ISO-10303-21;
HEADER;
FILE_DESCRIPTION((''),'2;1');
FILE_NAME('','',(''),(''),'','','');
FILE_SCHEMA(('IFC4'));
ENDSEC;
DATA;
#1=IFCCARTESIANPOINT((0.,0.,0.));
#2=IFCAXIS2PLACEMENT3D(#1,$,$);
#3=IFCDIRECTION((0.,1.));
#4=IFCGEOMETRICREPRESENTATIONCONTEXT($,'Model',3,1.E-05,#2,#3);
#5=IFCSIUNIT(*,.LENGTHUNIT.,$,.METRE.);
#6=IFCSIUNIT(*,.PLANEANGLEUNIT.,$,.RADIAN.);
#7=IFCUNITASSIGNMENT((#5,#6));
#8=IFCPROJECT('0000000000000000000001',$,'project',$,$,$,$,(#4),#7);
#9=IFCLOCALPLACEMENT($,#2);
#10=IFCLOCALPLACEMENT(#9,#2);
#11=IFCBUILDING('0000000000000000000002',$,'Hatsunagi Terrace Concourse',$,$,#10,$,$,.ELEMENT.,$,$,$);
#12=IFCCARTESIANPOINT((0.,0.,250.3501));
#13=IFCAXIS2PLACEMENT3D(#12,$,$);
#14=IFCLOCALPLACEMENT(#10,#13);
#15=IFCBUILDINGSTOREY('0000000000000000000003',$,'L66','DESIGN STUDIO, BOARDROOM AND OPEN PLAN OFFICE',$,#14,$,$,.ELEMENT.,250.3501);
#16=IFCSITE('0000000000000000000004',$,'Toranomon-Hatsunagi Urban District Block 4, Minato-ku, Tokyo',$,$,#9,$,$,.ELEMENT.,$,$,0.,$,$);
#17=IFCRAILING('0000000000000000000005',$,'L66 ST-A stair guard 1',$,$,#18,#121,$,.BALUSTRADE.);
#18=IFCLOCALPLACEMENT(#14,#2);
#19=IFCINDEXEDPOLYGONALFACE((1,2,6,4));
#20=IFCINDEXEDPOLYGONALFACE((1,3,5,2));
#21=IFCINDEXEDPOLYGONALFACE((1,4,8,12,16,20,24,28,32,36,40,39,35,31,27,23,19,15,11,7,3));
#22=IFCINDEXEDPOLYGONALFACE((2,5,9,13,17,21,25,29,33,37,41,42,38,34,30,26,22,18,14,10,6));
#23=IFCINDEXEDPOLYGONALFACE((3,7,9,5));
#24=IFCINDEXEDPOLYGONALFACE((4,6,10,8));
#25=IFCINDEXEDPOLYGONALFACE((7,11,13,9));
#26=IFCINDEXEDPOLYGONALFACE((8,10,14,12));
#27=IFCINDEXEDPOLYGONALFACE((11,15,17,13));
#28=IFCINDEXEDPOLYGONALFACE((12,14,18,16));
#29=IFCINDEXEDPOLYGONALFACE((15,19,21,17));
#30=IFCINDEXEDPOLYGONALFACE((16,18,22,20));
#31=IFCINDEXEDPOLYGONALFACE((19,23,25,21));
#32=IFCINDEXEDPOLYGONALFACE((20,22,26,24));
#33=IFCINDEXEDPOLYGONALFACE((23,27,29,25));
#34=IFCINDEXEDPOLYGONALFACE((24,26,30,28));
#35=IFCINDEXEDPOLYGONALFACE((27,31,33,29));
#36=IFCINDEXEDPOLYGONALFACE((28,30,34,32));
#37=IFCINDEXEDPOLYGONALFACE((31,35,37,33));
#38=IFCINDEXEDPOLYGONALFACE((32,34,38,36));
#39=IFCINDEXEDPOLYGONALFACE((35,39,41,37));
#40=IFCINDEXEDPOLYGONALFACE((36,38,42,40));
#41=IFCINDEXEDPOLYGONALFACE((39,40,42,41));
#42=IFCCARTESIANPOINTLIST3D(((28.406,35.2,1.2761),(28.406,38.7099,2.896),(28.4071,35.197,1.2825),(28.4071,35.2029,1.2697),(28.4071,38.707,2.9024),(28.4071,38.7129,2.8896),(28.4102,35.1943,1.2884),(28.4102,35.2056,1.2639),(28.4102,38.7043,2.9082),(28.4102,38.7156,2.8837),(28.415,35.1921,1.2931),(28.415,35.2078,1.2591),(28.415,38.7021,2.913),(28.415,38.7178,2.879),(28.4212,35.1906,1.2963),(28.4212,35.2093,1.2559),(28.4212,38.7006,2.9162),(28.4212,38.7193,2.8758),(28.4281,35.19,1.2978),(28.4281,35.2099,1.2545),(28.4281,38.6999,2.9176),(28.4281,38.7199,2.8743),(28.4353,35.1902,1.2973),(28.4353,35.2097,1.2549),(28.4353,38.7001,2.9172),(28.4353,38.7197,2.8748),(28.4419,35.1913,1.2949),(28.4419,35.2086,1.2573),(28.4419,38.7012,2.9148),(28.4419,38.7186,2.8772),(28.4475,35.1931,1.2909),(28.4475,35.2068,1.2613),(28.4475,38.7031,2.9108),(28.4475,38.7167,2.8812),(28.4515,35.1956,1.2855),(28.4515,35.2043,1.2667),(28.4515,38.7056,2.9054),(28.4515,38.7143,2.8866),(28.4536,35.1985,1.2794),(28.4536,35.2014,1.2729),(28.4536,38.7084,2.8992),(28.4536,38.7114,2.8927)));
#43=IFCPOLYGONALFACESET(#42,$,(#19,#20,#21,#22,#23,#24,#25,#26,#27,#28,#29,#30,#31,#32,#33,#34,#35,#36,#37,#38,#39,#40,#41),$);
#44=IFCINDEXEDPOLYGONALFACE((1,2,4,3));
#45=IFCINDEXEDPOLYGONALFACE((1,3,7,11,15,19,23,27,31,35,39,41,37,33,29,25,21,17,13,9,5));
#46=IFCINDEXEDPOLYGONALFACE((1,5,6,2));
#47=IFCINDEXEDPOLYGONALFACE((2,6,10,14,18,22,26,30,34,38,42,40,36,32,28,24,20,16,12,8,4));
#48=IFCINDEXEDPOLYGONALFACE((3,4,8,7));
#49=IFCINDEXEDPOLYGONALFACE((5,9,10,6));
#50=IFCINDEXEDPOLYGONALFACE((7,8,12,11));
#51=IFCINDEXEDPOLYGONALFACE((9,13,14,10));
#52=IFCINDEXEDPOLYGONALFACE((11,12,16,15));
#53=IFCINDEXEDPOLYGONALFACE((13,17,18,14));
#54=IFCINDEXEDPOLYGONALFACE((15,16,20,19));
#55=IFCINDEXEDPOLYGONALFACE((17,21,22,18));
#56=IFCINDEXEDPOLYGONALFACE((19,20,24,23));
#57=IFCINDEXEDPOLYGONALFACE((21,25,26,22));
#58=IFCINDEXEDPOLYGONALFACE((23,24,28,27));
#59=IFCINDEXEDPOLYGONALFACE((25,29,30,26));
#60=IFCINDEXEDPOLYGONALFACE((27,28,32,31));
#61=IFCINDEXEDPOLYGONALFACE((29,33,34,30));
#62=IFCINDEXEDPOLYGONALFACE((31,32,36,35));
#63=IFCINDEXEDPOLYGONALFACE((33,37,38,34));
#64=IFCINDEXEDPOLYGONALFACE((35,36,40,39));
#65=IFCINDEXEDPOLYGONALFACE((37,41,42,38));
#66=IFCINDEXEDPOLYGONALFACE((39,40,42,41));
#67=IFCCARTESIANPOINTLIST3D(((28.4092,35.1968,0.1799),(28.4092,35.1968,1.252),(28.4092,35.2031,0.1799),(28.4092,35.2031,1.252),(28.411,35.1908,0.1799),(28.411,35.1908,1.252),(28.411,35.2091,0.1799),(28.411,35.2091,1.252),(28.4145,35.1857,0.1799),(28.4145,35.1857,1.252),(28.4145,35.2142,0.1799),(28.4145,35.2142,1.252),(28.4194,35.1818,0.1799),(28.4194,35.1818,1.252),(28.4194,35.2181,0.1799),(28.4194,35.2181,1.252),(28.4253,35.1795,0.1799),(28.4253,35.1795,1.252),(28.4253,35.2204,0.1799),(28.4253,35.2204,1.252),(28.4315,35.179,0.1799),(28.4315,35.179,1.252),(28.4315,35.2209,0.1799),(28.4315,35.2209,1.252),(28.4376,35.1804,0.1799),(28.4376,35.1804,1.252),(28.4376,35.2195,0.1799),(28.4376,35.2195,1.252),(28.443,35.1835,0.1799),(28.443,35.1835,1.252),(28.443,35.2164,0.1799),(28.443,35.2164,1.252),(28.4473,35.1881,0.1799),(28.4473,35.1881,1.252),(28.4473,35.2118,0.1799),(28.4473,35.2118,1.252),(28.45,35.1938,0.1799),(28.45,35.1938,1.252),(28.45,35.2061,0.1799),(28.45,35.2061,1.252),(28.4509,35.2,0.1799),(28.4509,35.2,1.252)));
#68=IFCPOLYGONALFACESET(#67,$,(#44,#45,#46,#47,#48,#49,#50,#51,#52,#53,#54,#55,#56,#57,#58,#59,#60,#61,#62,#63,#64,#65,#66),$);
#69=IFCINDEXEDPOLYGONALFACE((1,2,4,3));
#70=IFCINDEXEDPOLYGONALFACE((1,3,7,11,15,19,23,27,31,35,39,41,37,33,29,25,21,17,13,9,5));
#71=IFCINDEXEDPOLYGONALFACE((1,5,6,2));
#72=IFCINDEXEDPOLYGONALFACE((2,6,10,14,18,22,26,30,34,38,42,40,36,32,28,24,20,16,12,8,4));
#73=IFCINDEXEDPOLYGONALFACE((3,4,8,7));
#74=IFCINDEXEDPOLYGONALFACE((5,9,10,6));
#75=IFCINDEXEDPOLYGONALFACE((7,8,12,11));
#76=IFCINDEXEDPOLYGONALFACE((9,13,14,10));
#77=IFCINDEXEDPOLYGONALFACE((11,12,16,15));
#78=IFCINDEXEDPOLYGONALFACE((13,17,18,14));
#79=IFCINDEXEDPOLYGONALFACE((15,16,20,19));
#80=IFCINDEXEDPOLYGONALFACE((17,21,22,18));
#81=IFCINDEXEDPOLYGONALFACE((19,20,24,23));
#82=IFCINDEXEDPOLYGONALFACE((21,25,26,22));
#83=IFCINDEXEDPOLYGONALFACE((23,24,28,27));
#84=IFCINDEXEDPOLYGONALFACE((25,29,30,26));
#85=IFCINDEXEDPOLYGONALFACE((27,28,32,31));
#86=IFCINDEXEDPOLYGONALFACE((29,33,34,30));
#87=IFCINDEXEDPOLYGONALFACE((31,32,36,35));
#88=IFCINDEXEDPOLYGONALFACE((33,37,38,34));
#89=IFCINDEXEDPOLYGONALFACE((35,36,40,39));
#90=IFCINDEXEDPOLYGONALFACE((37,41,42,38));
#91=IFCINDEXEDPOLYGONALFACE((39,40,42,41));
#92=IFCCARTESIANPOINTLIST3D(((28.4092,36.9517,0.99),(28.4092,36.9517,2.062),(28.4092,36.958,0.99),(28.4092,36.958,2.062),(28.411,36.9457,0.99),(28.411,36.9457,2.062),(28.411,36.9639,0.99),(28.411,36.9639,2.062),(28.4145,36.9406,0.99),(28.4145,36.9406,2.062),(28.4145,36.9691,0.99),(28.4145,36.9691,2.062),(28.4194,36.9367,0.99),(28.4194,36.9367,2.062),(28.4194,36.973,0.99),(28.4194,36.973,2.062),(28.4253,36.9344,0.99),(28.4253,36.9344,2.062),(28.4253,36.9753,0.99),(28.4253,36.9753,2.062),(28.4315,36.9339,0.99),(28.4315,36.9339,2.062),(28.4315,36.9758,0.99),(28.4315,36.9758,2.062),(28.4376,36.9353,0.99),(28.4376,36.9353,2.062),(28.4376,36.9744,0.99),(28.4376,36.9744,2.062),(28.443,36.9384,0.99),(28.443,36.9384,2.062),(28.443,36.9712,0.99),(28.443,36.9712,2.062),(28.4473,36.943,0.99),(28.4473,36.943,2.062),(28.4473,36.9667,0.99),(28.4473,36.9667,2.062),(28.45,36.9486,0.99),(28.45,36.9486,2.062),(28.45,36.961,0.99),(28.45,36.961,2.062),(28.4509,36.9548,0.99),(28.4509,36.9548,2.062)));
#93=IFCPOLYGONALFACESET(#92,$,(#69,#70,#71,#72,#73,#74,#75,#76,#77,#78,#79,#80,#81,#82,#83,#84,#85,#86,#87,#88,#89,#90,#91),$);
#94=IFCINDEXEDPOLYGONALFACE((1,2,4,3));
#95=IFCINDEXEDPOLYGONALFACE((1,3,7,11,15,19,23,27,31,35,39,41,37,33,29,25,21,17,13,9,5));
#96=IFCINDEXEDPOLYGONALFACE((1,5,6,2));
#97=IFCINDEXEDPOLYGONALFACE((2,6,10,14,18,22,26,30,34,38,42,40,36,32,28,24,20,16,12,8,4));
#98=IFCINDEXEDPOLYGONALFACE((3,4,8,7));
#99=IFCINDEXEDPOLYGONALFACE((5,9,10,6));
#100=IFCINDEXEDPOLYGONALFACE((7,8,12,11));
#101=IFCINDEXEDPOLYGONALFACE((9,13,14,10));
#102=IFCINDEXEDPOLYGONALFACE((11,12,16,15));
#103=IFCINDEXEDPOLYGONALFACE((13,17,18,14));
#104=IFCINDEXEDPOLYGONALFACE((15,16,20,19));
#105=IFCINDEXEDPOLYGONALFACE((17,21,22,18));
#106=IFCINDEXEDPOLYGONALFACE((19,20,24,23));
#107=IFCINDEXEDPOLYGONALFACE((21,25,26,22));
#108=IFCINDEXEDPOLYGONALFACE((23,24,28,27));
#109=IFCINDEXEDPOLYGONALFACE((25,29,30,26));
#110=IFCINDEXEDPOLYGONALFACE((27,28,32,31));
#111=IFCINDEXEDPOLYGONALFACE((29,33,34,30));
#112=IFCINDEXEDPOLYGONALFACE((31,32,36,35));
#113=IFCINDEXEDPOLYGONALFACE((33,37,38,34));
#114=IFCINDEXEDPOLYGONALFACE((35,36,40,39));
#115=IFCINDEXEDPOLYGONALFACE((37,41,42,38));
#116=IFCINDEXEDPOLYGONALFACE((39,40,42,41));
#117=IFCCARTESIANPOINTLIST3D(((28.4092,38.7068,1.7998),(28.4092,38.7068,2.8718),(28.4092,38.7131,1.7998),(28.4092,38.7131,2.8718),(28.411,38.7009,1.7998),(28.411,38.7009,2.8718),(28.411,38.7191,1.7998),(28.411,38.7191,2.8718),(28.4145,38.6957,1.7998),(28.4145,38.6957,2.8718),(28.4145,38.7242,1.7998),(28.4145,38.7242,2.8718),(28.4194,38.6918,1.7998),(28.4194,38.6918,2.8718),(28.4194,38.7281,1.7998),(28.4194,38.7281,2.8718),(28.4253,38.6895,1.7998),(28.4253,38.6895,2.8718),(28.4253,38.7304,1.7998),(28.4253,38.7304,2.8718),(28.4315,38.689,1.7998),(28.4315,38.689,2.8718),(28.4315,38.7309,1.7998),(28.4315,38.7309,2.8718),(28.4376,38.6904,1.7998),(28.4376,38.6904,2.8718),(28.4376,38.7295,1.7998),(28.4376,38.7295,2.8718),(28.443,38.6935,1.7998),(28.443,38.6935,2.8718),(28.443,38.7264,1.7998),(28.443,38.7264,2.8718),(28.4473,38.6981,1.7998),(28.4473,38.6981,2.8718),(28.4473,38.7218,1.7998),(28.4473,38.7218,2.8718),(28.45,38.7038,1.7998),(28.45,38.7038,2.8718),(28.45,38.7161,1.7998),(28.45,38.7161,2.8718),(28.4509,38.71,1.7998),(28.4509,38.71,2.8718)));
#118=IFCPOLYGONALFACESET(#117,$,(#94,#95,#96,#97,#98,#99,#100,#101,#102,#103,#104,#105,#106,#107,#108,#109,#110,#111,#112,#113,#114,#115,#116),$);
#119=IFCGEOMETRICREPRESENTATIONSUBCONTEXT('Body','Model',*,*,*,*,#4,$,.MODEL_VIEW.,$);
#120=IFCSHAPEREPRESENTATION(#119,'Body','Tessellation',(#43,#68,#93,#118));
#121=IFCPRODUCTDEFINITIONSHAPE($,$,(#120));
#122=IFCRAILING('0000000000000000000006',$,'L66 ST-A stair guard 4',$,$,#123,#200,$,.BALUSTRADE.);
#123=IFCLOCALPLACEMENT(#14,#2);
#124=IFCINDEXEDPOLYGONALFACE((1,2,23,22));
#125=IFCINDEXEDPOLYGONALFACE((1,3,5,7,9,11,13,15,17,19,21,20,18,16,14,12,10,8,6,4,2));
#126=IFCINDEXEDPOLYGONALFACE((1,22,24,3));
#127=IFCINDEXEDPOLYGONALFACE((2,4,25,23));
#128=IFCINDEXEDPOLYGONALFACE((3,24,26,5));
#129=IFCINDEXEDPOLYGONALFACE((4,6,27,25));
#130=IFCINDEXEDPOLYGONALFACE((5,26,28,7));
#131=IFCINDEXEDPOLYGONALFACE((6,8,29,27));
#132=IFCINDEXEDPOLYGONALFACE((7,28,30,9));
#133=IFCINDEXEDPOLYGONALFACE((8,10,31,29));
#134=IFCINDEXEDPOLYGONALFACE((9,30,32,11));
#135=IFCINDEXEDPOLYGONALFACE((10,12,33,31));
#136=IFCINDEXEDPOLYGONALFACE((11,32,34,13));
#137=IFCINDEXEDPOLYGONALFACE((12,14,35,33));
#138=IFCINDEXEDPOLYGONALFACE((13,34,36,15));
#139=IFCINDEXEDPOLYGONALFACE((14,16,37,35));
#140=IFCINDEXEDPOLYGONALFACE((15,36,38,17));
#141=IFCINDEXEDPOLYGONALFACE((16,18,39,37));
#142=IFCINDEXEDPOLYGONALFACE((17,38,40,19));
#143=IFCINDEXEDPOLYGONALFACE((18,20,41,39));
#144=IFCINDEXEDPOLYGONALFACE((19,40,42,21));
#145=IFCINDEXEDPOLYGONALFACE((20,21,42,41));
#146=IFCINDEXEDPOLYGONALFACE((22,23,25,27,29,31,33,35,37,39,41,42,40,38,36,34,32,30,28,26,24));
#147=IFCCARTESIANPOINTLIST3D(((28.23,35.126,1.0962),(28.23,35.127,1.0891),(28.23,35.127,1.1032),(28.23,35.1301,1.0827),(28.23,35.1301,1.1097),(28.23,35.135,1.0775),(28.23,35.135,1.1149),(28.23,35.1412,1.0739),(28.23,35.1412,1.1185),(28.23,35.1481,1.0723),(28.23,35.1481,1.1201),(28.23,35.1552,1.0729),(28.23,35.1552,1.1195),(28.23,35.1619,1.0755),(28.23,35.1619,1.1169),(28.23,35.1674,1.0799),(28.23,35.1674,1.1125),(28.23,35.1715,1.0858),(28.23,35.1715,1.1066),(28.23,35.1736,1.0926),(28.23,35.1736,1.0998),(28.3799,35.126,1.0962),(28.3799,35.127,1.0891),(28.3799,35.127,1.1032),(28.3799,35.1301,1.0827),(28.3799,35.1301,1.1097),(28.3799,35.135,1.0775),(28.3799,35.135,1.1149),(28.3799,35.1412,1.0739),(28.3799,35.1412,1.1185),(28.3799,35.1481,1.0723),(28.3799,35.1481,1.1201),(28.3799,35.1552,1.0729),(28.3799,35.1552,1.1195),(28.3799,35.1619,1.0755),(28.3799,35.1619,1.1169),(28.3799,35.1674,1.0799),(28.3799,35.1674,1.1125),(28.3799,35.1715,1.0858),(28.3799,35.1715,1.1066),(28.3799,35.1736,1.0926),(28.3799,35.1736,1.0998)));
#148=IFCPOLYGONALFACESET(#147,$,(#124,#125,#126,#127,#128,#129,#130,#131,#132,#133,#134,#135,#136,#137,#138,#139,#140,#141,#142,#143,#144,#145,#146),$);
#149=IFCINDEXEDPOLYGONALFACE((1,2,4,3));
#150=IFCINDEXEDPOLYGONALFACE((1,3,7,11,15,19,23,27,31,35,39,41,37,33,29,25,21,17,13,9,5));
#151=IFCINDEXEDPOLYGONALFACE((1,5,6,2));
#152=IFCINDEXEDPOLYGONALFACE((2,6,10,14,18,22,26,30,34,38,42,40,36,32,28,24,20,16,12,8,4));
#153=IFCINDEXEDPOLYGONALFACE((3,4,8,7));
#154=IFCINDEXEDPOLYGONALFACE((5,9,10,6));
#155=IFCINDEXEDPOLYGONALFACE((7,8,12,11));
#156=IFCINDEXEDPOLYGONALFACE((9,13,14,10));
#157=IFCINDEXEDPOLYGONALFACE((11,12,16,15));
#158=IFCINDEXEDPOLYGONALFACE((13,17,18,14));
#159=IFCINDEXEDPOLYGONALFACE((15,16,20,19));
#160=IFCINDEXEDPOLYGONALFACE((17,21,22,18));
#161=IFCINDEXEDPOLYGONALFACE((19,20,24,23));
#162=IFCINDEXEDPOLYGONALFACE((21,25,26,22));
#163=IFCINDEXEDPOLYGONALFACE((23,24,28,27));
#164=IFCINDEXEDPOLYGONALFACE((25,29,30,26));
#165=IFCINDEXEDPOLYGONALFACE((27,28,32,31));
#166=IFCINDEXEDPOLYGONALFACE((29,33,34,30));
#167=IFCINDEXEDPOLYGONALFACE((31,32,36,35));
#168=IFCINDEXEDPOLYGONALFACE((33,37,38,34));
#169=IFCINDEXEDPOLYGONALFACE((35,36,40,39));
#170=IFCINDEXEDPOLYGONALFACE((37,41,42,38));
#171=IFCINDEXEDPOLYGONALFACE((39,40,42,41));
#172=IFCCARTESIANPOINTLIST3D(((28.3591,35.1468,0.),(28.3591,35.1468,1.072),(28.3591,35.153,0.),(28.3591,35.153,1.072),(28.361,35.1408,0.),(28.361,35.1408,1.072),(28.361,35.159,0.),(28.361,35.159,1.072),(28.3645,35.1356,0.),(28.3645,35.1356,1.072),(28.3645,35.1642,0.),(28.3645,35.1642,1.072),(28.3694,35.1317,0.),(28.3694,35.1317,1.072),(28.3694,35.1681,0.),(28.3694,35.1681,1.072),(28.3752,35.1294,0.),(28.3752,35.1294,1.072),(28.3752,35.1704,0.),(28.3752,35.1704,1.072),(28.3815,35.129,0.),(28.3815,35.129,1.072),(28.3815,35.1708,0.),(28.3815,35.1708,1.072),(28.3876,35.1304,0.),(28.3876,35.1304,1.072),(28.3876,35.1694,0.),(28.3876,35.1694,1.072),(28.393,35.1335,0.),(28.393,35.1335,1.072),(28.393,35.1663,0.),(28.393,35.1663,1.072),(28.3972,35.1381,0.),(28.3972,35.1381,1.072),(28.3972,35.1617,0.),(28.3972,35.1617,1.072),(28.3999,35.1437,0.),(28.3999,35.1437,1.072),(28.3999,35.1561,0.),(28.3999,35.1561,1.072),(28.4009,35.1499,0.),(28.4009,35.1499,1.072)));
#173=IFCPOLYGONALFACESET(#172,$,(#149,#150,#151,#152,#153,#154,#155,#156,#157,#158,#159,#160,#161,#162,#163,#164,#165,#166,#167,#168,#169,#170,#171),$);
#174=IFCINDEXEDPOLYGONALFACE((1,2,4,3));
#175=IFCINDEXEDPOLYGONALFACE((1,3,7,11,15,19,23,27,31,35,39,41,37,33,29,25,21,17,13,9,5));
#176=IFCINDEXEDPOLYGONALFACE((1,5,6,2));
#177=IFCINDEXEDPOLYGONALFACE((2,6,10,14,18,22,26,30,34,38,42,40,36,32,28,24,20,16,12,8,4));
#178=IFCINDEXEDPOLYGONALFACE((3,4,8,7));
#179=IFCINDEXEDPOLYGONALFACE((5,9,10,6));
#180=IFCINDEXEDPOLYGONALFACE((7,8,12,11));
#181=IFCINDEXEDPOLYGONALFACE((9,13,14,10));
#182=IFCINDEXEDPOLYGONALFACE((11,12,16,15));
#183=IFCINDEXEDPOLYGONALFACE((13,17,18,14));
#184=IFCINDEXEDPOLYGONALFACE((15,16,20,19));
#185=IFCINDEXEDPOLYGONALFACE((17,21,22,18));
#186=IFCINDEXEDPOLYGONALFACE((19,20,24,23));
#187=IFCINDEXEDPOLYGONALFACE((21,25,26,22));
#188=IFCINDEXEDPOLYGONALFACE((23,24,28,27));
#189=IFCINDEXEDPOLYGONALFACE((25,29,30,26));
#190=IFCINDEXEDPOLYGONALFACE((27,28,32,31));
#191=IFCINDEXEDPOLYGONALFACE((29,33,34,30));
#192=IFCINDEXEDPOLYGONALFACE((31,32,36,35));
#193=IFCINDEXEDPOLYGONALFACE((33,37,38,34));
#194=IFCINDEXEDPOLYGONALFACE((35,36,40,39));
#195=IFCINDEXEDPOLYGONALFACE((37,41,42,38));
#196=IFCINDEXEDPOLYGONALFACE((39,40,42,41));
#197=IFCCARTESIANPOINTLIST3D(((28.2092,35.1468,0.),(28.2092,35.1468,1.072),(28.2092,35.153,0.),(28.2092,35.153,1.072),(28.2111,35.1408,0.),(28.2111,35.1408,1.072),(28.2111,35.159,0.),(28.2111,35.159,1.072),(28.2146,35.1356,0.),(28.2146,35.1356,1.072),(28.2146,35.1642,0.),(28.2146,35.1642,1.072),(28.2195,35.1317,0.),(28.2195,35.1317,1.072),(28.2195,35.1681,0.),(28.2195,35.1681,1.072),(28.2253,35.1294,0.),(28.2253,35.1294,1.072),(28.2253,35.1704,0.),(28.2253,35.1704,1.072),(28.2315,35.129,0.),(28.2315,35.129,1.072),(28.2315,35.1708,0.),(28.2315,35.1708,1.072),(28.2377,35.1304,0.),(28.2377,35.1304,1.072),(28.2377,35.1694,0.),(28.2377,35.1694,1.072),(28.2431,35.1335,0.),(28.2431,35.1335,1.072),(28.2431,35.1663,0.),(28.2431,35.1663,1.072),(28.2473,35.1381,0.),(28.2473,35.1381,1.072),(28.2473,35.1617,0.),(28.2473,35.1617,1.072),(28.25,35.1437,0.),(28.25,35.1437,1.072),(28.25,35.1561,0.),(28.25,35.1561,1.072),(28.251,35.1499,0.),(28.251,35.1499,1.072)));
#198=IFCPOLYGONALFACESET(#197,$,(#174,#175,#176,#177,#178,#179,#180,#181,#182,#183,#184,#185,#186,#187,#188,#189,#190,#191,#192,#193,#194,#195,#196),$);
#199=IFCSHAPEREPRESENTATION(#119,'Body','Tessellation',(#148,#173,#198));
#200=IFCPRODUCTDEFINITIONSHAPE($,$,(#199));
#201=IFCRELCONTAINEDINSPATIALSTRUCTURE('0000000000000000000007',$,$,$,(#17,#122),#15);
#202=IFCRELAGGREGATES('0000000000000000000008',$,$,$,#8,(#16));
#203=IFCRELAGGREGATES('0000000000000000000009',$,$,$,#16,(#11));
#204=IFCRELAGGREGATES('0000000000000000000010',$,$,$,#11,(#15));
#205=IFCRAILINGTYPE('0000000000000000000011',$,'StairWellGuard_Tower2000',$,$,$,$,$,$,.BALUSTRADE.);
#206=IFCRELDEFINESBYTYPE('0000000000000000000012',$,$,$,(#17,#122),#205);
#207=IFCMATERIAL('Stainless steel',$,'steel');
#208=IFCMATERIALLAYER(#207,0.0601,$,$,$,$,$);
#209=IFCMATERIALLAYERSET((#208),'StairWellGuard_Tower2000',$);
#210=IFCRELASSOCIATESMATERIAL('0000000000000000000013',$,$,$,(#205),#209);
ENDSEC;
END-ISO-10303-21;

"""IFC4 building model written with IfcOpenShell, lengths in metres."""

from ifc_helpers import new_model, si_unit, direction, frame, origin, origin_2d, place, context, subcontext, project, spatial, circle, extrude, material, layer, layer_set, type_object, element, save


model = new_model("IFC4")

# Units and contexts
model_context = context("Model", 3, precision=1e-05, world=origin(), true_north=direction((0.0, 1.0)))
body_context = subcontext(model_context, "Body", "Model", "MODEL_VIEW")
ifc_project = project(units=[si_unit("LENGTHUNIT", "METRE"), si_unit("PLANEANGLEUNIT", "RADIAN")], contexts=[model_context])

# Site, building, storey
site_placement = place(None, origin())
site = spatial("IfcSite", under=ifc_project, at=site_placement, Name="Toranomon-Hatsunagi Urban District Block 4, Minato-ku, Tokyo", CompositionType="ELEMENT", RefElevation=0.0)
building_placement = place(site_placement, origin())
building = spatial("IfcBuilding", under=site, at=building_placement, Name="Hatsunagi Terrace Concourse", CompositionType="ELEMENT")
storey_placement = place(building_placement, frame((0.0, 0.0, 250.3501)))
storey = spatial("IfcBuildingStorey", under=building, at=storey_placement, Name="L66", Description="DESIGN STUDIO, BOARDROOM AND OPEN PLAN OFFICE", CompositionType="ELEMENT", Elevation=250.3501)

# Railings
ifc_material_1 = material(Name="Stainless steel", Category="steel")
ifc_layer_1 = layer(ifc_material_1, 0.0601)
ifc_layer_set_1 = layer_set([ifc_layer_1], Name="StairWellGuard_Tower2000")
railing_type_1 = type_object("IfcRailingType", Name="StairWellGuard_Tower2000", PredefinedType="BALUSTRADE", material=ifc_layer_set_1)
railing_1_placement = place(storey_placement, frame((28.4299, 35.2, 0.1799)))
element("IfcRailing", 1, at=railing_1_placement, inside=storey, type_object=railing_type_1, Name="L66 ST-A stair guard 1", PredefinedType="BALUSTRADE", context=body_context, shape_type="SweptSolid", body=[
    extrude(circle(Radius=0.0239, at=origin_2d()), frame((0.0, 0.0, 1.0962), z_axis=(0.0, 0.907972, 0.41903), x_axis=(-1.0, 0.0, 0.0)), (0.0, 0.0, 1.0), 3.8657),
    extrude(circle(Radius=0.021, at=origin_2d()), origin(), (0.0, 0.0, 1.0), 1.072),
    extrude(circle(Radius=0.021, at=origin_2d()), frame((0.0, 1.7549, 0.8101)), (0.0, 0.0, 1.0), 1.072),
    extrude(circle(Radius=0.021, at=origin_2d()), frame((0.0, 3.51, 1.6199)), (0.0, 0.0, 1.0), 1.072),
])
railing_2_placement = place(storey_placement, frame((28.3799, 35.1499, 0.0)))
element("IfcRailing", 2, at=railing_2_placement, inside=storey, type_object=railing_type_1, Name="L66 ST-A stair guard 4", PredefinedType="BALUSTRADE", context=body_context, shape_type="SweptSolid", body=[
    extrude(circle(Radius=0.0239, at=origin_2d()), frame((0.0, 0.0, 1.0962), z_axis=(-1.0, 0.0, 0.0), x_axis=(0.0, -1.0, 0.0)), (0.0, 0.0, 1.0), 0.1499),
    extrude(circle(Radius=0.021, at=origin_2d()), origin(), (0.0, 0.0, 1.0), 1.072),
    extrude(circle(Radius=0.021, at=origin_2d()), frame((-0.1499, 0.0, 0.0)), (0.0, 0.0, 1.0), 1.072),
])

save(model, "model.ifc")
